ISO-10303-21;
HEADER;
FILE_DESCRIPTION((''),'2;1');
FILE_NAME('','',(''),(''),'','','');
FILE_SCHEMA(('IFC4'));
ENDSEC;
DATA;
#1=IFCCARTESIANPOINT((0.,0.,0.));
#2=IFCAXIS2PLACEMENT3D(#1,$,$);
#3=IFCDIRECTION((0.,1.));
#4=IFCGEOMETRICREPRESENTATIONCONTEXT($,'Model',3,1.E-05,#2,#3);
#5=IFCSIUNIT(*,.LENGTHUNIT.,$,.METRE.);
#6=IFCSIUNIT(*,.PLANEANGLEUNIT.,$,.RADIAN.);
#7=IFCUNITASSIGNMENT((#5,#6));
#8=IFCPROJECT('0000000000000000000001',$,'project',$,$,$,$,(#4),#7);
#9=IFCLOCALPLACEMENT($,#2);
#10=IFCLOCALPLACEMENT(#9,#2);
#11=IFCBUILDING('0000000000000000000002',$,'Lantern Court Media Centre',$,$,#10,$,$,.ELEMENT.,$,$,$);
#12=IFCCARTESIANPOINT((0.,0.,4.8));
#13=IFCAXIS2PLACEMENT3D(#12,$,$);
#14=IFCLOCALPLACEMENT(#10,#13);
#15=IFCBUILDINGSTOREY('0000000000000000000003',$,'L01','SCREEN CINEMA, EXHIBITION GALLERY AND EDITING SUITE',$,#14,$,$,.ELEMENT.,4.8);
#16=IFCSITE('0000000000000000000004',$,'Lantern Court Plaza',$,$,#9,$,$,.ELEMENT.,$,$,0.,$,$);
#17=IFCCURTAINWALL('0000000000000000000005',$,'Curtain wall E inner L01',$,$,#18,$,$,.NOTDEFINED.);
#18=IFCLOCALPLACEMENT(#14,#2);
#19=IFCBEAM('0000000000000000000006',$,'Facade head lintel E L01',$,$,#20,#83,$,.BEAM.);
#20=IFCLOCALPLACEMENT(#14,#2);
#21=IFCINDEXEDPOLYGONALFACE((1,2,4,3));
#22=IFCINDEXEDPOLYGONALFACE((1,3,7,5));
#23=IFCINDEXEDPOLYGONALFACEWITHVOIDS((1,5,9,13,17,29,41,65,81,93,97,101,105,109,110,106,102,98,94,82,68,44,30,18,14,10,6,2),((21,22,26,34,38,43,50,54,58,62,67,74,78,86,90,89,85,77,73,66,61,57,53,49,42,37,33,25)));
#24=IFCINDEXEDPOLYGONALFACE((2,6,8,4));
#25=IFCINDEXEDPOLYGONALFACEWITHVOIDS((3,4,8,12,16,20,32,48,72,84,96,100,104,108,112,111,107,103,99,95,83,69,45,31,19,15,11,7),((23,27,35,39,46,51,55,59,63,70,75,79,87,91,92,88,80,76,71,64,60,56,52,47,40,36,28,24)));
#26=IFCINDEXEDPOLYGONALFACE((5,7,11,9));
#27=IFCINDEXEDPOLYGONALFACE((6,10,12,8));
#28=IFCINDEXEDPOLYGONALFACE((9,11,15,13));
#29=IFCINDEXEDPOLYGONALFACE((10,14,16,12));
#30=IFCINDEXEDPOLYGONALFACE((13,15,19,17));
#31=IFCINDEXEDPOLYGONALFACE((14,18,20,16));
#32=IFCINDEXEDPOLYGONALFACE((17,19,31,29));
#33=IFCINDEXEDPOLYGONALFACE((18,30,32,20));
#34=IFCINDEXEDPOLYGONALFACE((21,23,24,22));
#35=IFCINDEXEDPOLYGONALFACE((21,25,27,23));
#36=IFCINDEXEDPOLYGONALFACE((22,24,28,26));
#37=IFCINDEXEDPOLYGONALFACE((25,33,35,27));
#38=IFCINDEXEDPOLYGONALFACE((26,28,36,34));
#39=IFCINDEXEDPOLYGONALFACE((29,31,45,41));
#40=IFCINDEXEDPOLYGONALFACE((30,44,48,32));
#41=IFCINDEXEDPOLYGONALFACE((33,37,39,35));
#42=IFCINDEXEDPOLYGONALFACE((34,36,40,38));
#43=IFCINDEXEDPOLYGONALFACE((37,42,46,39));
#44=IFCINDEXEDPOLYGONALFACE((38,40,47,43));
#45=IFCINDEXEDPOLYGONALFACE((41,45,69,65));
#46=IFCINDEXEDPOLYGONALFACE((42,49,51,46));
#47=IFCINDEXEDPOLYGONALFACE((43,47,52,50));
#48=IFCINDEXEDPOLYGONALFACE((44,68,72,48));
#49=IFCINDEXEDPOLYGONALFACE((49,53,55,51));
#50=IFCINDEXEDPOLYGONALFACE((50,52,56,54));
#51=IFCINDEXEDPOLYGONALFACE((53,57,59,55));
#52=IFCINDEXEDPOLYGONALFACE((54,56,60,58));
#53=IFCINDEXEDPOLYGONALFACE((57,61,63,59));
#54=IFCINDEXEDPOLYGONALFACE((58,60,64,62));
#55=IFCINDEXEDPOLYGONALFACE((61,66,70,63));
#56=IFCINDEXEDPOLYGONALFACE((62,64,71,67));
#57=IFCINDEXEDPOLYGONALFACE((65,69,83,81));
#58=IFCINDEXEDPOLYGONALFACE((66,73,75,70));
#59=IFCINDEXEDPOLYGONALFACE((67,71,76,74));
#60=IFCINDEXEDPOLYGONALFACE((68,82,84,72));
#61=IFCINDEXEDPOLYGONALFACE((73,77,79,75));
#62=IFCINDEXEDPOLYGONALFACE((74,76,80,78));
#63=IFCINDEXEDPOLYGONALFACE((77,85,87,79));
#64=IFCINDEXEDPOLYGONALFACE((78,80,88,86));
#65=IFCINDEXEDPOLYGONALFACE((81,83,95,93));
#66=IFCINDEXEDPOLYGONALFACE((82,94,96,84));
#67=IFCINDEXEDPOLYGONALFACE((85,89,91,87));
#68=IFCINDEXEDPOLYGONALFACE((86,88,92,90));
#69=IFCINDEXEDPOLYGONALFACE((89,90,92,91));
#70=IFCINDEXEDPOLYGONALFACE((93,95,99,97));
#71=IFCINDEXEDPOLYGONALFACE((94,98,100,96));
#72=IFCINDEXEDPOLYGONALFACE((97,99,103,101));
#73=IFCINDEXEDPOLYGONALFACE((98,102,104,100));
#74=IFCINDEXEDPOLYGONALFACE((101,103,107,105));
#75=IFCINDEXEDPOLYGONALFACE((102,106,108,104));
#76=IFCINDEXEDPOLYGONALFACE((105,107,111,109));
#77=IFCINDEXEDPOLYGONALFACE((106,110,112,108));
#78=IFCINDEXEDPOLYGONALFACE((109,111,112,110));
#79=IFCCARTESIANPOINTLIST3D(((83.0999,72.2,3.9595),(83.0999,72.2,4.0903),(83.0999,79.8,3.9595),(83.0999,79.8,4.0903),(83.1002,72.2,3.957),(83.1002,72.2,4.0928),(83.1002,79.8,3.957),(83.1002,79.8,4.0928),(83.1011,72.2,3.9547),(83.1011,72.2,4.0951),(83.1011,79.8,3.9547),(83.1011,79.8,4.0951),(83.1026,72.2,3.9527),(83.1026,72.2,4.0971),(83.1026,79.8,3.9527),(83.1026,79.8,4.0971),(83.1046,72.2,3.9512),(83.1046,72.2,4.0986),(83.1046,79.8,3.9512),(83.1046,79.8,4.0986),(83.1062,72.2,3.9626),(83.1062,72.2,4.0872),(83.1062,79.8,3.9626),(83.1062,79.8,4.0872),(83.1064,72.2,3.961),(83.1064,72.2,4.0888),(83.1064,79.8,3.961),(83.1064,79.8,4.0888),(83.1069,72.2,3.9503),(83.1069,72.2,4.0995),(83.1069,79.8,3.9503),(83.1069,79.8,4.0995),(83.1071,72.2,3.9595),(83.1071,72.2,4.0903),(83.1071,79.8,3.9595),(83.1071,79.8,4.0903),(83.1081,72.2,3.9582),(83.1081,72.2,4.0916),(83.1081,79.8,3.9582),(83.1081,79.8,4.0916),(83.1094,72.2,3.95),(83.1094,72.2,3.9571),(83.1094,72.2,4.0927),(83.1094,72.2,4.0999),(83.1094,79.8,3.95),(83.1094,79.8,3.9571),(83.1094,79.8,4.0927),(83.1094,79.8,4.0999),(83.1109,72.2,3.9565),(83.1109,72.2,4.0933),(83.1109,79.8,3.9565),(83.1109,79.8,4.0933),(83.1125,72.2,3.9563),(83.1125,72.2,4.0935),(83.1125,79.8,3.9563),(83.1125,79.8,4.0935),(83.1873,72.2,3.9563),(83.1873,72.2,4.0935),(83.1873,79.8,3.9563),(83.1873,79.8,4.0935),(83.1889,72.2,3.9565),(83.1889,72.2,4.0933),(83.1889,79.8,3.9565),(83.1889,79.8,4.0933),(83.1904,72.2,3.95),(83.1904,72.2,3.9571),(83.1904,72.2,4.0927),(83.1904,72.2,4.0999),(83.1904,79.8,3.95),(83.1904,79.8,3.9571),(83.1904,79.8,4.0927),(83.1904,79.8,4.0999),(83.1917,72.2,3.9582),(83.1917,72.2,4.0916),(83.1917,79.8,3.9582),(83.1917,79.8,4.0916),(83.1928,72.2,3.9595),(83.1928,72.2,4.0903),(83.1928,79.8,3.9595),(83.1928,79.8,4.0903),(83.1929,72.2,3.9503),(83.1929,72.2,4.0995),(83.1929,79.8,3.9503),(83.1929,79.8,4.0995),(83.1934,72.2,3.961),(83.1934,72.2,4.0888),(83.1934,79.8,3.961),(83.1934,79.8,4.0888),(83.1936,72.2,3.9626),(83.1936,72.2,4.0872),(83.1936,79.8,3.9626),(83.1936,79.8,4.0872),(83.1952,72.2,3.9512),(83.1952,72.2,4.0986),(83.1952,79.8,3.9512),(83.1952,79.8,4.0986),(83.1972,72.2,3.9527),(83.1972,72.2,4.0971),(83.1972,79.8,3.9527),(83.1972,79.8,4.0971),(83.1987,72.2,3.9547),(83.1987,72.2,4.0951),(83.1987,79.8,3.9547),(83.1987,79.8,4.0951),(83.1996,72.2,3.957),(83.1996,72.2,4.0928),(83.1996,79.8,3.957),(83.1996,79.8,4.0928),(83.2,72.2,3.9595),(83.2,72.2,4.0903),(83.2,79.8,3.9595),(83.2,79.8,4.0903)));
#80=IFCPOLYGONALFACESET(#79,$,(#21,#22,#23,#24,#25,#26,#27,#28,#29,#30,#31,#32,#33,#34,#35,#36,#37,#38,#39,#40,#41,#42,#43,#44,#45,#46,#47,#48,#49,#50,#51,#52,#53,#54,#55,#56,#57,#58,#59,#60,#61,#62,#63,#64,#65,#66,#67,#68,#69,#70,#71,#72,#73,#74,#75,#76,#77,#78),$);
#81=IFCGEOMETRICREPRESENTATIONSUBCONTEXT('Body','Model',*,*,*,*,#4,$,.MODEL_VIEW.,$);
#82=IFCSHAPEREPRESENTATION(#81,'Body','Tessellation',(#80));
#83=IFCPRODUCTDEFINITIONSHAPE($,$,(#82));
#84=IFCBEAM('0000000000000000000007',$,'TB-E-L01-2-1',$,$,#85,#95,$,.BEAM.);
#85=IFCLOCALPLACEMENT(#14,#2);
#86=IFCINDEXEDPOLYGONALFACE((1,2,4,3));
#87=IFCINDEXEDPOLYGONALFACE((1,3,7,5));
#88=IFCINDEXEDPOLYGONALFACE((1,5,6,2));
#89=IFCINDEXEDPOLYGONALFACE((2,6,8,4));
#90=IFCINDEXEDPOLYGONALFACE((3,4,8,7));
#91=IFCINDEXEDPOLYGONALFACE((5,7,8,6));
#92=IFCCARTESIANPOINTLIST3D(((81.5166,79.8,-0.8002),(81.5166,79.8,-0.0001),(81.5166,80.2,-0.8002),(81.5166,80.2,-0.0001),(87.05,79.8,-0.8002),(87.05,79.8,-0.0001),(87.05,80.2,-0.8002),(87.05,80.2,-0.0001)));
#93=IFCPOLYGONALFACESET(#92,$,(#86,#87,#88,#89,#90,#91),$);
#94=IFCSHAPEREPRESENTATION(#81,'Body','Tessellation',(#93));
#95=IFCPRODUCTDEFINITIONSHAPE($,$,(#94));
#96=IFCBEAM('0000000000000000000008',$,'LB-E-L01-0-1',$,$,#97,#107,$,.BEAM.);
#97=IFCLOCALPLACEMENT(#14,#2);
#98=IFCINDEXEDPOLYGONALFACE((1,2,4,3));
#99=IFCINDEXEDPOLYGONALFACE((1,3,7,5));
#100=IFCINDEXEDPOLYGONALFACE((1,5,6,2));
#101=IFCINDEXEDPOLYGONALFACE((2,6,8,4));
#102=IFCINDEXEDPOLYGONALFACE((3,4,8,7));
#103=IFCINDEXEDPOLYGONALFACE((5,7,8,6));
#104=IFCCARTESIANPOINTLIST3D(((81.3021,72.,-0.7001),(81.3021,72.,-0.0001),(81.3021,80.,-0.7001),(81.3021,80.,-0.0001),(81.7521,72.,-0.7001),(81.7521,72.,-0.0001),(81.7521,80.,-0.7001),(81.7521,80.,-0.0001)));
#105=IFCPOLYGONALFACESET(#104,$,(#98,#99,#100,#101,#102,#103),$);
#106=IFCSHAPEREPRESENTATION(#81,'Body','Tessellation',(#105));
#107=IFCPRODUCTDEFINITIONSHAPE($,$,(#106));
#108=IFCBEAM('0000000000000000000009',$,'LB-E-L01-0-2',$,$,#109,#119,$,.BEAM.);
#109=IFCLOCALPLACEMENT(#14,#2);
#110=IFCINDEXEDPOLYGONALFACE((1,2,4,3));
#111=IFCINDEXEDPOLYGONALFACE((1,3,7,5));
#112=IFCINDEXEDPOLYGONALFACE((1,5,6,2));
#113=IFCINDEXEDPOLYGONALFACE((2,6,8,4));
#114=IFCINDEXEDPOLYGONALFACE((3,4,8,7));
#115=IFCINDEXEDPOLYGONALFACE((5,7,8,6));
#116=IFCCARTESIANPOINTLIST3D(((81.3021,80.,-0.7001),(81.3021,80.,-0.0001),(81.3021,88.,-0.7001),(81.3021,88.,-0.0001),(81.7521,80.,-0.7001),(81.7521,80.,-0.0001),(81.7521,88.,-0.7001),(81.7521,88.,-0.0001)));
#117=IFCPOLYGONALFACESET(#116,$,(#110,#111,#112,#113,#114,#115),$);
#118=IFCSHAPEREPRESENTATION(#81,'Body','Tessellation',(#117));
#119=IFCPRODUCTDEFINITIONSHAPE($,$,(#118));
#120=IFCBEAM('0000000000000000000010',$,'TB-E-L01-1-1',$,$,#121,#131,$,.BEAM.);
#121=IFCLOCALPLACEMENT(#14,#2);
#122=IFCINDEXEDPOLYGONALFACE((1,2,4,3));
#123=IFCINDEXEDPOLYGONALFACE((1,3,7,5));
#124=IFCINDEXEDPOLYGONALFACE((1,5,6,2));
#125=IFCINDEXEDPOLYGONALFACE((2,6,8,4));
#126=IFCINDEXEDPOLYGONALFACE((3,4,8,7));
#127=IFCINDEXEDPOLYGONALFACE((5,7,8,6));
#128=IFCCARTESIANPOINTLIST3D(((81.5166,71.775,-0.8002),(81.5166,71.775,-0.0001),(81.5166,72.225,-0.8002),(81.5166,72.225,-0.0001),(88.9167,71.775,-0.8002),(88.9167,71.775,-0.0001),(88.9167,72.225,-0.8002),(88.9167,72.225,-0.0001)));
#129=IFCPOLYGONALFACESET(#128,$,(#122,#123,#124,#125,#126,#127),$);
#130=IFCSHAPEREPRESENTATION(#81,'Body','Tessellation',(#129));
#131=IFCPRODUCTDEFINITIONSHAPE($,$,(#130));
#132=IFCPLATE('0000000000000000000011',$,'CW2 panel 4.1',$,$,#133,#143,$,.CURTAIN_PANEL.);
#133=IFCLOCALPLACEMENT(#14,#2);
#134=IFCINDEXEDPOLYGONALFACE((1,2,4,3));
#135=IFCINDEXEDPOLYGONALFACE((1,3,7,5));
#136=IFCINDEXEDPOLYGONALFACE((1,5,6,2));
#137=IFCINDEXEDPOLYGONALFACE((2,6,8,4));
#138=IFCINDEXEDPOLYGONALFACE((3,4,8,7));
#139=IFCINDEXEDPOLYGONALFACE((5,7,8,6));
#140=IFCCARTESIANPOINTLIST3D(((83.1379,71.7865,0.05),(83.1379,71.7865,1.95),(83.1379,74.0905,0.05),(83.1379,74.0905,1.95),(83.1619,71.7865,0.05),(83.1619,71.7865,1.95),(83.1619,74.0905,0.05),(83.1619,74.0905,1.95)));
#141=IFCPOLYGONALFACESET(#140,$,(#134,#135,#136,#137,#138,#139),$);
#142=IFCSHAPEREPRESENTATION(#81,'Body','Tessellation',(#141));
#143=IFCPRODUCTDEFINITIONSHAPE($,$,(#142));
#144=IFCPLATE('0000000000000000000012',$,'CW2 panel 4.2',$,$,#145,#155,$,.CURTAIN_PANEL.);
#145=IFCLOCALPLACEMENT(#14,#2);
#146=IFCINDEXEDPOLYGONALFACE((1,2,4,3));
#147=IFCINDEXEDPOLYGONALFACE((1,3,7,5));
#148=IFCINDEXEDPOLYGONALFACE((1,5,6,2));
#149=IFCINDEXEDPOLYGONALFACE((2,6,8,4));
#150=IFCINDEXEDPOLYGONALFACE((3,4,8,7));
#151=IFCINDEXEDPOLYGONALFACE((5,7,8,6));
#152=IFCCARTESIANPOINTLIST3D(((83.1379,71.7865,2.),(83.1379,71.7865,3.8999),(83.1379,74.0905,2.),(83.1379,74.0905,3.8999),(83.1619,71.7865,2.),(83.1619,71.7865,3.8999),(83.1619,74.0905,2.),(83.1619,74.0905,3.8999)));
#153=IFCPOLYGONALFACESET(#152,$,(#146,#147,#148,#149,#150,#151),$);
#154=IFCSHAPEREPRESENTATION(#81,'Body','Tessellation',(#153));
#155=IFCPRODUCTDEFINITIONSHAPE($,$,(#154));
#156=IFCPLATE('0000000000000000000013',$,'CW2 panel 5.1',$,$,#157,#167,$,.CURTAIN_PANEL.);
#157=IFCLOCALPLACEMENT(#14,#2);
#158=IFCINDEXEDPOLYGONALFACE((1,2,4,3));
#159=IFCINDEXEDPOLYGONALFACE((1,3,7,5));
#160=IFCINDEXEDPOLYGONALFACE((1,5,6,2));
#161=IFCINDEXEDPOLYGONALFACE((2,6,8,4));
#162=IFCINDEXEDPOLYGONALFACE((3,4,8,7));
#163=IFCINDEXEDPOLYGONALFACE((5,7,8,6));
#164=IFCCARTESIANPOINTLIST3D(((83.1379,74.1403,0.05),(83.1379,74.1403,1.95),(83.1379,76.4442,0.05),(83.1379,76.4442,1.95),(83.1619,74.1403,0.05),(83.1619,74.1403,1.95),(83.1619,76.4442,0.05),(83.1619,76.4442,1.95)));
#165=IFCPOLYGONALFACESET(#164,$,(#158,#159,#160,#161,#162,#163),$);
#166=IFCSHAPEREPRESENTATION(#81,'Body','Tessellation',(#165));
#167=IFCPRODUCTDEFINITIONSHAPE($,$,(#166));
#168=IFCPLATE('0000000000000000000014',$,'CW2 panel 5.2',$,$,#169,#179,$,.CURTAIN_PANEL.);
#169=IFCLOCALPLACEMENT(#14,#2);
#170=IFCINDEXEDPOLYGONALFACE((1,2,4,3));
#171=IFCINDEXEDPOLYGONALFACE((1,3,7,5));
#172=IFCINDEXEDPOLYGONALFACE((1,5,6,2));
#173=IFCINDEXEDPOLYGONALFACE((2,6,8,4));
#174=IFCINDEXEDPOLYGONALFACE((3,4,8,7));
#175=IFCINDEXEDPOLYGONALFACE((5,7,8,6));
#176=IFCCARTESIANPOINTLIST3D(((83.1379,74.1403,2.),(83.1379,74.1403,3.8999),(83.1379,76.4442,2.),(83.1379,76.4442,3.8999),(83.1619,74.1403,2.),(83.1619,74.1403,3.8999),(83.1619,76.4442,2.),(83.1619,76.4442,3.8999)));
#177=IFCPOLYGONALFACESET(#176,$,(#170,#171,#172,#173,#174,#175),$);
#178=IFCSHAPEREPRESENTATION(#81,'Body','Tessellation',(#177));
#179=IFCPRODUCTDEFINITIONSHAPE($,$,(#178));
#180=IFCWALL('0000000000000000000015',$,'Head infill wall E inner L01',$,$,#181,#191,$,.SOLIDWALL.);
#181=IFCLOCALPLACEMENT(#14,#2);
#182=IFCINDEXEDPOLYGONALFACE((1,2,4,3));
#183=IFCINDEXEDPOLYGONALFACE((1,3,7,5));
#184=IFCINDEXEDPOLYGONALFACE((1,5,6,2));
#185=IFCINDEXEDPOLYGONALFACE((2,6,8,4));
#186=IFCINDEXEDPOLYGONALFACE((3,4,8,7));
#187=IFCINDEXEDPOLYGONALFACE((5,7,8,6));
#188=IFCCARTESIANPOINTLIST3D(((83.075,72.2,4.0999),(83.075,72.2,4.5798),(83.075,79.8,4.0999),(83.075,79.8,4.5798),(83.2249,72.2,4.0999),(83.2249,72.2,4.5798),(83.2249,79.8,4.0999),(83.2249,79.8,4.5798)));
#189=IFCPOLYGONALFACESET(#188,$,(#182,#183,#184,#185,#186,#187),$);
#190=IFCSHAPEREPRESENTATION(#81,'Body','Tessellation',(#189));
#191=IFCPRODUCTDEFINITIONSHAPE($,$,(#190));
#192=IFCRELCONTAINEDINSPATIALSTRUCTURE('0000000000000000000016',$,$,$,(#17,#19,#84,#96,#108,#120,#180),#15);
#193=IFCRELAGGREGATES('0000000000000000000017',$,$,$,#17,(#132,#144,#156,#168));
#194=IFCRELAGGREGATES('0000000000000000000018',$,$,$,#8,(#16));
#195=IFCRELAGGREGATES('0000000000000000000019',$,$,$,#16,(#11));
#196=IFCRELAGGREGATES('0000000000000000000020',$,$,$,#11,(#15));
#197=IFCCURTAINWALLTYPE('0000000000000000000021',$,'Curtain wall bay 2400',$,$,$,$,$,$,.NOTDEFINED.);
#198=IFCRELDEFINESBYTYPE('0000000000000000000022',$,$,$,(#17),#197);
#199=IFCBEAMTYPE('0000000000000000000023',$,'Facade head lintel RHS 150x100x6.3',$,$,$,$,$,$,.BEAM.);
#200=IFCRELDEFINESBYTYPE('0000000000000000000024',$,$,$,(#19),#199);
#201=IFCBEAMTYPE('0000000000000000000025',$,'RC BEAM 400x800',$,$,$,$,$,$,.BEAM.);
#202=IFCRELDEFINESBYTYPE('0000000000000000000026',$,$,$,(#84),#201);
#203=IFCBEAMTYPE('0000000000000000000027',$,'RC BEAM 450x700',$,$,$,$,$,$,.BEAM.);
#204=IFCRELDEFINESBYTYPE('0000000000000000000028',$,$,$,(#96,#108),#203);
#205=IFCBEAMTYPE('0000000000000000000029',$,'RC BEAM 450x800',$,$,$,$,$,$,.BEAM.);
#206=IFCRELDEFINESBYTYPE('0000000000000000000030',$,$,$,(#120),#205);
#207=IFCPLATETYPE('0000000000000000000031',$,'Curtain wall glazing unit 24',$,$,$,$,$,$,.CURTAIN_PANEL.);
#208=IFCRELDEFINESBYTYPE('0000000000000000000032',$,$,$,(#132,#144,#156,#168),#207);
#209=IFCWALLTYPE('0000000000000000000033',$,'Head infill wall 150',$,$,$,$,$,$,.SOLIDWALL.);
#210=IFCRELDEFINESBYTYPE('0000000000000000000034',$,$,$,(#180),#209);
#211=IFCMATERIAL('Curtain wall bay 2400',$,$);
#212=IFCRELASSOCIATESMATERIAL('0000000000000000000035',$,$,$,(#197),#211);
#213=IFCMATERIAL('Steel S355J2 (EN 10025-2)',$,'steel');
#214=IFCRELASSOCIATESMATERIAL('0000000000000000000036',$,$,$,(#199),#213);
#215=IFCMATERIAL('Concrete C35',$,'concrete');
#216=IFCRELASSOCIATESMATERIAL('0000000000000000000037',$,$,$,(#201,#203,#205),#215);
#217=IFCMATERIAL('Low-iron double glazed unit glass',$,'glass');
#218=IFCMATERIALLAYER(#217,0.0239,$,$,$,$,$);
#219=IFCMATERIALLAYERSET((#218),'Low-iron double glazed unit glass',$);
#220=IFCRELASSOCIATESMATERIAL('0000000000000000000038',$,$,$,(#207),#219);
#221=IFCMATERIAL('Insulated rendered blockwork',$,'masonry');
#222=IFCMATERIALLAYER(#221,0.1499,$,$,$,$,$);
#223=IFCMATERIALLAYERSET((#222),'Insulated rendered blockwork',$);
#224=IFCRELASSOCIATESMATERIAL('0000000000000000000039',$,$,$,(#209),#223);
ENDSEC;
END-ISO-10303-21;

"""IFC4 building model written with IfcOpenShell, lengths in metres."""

from ifc_helpers import new_model, si_unit, direction, frame, frame_2d, origin, origin_2d, place, context, subcontext, project, spatial, rectangle, hollow_rectangle, extrude, material, layer, layer_set, material_profile, profile_set, type_object, element, aggregate, save


model = new_model("IFC4")

# Units and contexts
model_context = context("Model", 3, precision=1e-05, world=origin(), true_north=direction((0.0, 1.0)))
body_context = subcontext(model_context, "Body", "Model", "MODEL_VIEW")
ifc_project = project(units=[si_unit("LENGTHUNIT", "METRE"), si_unit("PLANEANGLEUNIT", "RADIAN")], contexts=[model_context])

# Site, building, storey
site_placement = place(None, origin())
site = spatial("IfcSite", under=ifc_project, at=site_placement, Name="Lantern Court Plaza", CompositionType="ELEMENT", RefElevation=0.0)
building_placement = place(site_placement, origin())
building = spatial("IfcBuilding", under=site, at=building_placement, Name="Lantern Court Media Centre", CompositionType="ELEMENT")
storey_placement = place(building_placement, frame((0.0, 0.0, 4.8)))
storey = spatial("IfcBuildingStorey", under=building, at=storey_placement, Name="L01", Description="SCREEN CINEMA, EXHIBITION GALLERY AND EDITING SUITE", CompositionType="ELEMENT", Elevation=4.8)

# Shared definitions
ifc_material_1 = material(Name="Concrete C35", Category="concrete")

# Curtain wall
ifc_material_2 = material(Name="Curtain wall bay 2400")
curtain_wall_type = type_object("IfcCurtainWallType", Name="Curtain wall bay 2400", PredefinedType="NOTDEFINED", material=ifc_material_2)
curtain_wall_placement = place(storey_placement, origin())
curtain_wall = element("IfcCurtainWall", 1, at=curtain_wall_placement, inside=storey, type_object=curtain_wall_type, Name="Curtain wall E inner L01", PredefinedType="NOTDEFINED")

# Beams
ifc_material_3 = material(Name="Steel S355J2 (EN 10025-2)", Category="steel")
ifc_material_profile_1 = material_profile(ifc_material_3, hollow_rectangle(XDim=0.1001, YDim=0.1499, WallThickness=0.0063, InnerFilletRadius=0.0063, OuterFilletRadius=0.0095, at=origin_2d()), Name="Facade head lintel RHS 150x100x6.3")
ifc_profile_set_1 = profile_set([ifc_material_profile_1], Name="Steel S355J2 (EN 10025-2)")
beam_type_1 = type_object("IfcBeamType", Name="Facade head lintel RHS 150x100x6.3", PredefinedType="BEAM", material=ifc_profile_set_1)
beam_1_placement = place(storey_placement, frame((83.1499, 72.2, 4.0249), z_axis=(0.0, 1.0, 0.0), x_axis=(-1.0, 0.0, 0.0)))
element("IfcBeam", 2, at=beam_1_placement, inside=storey, type_object=beam_type_1, Name="Facade head lintel E L01", PredefinedType="BEAM", context=body_context, shape_type="SweptSolid", body=[
    extrude(hollow_rectangle(XDim=0.1001, YDim=0.1499, WallThickness=0.0063, InnerFilletRadius=0.0063, OuterFilletRadius=0.0095, at=origin_2d()), origin(), (0.0, 0.0, 1.0), 7.6001),
])
ifc_material_profile_2 = material_profile(ifc_material_1, rectangle(XDim=0.3999, YDim=0.8, at=origin_2d()), Name="RC 400x800")
ifc_profile_set_2 = profile_set([ifc_material_profile_2], Name="Concrete C35")
beam_type_2 = type_object("IfcBeamType", Name="RC BEAM 400x800", PredefinedType="BEAM", material=ifc_profile_set_2)
beam_2_placement = place(storey_placement, frame((81.5166, 80.0, -0.4001), z_axis=(1.0, 0.0, 0.0), x_axis=(0.0, 1.0, 0.0)))
element("IfcBeam", 3, at=beam_2_placement, inside=storey, type_object=beam_type_2, Name="TB-E-L01-2-1", PredefinedType="BEAM", context=body_context, shape_type="SweptSolid", body=[
    extrude(rectangle(XDim=0.3999, YDim=0.8, at=origin_2d()), origin(), (0.0, 0.0, 1.0), 5.5334),
])
ifc_material_profile_3 = material_profile(ifc_material_1, rectangle(XDim=0.45, YDim=0.7, at=origin_2d()), Name="RC 450x700")
ifc_profile_set_3 = profile_set([ifc_material_profile_3], Name="Concrete C35")
beam_type_3 = type_object("IfcBeamType", Name="RC BEAM 450x700", PredefinedType="BEAM", material=ifc_profile_set_3)
for number, where, z_axis, x_axis, name in (
    (4, (81.5271, 72.0, -0.3501), (0.0, 1.0, 0.0), (-1.0, 0.0, 0.0), "LB-E-L01-0-1"),
    (5, (81.5271, 80.0, -0.3501), (0.0, 1.0, 0.0), (-1.0, 0.0, 0.0), "LB-E-L01-0-2"),
):
    element("IfcBeam", number, at=place(storey_placement, frame(where, z_axis=z_axis, x_axis=x_axis)), inside=storey, type_object=beam_type_3, Name=name, PredefinedType="BEAM", context=body_context, shape_type="SweptSolid", body=[
        extrude(rectangle(XDim=0.45, YDim=0.7, at=origin_2d()), origin(), (0.0, 0.0, 1.0), 8.0),
    ])
ifc_material_profile_4 = material_profile(ifc_material_1, rectangle(XDim=0.45, YDim=0.8, at=origin_2d()), Name="RC 450x800")
ifc_profile_set_4 = profile_set([ifc_material_profile_4], Name="Concrete C35")
beam_type_4 = type_object("IfcBeamType", Name="RC BEAM 450x800", PredefinedType="BEAM", material=ifc_profile_set_4)
beam_3_placement = place(storey_placement, frame((81.5166, 72.0, -0.4001), z_axis=(1.0, 0.0, 0.0), x_axis=(0.0, 1.0, 0.0)))
element("IfcBeam", 6, at=beam_3_placement, inside=storey, type_object=beam_type_4, Name="TB-E-L01-1-1", PredefinedType="BEAM", context=body_context, shape_type="SweptSolid", body=[
    extrude(rectangle(XDim=0.45, YDim=0.8, at=origin_2d()), origin(), (0.0, 0.0, 1.0), 7.4001),
])

# Plates
ifc_material_4 = material(Name="Low-iron double glazed unit glass", Category="glass")
ifc_layer_1 = layer(ifc_material_4, 0.0239)
ifc_layer_set_1 = layer_set([ifc_layer_1], Name="Low-iron double glazed unit glass")
plate_type = type_object("IfcPlateType", Name="Curtain wall glazing unit 24", PredefinedType="CURTAIN_PANEL", material=ifc_layer_set_1)
plate_1_placement = place(storey_placement, frame((83.1499, 72.9385, 0.05), z_axis=(0.0, 0.0, 1.0), x_axis=(0.0, 1.0, 0.0)))
plate_1 = element("IfcPlate", 7, at=plate_1_placement, type_object=plate_type, Name="CW2 panel 4.1", PredefinedType="CURTAIN_PANEL", context=body_context, shape_type="SweptSolid", body=[
    extrude(rectangle(XDim=2.304, YDim=0.0239, at=origin_2d()), origin(), (0.0, 0.0, 1.0), 1.8999),
])
plate_2_placement = place(storey_placement, frame((83.1499, 72.9385, 2.0), z_axis=(0.0, 0.0, 1.0), x_axis=(0.0, 1.0, 0.0)))
plate_2 = element("IfcPlate", 8, at=plate_2_placement, type_object=plate_type, Name="CW2 panel 4.2", PredefinedType="CURTAIN_PANEL", context=body_context, shape_type="SweptSolid", body=[
    extrude(rectangle(XDim=2.304, YDim=0.0239, at=origin_2d()), origin(), (0.0, 0.0, 1.0), 1.8999),
])
plate_3_placement = place(storey_placement, frame((83.1499, 75.2922, 0.05), z_axis=(0.0, 0.0, 1.0), x_axis=(0.0, 1.0, 0.0)))
plate_3 = element("IfcPlate", 9, at=plate_3_placement, type_object=plate_type, Name="CW2 panel 5.1", PredefinedType="CURTAIN_PANEL", context=body_context, shape_type="SweptSolid", body=[
    extrude(rectangle(XDim=2.304, YDim=0.0239, at=origin_2d()), origin(), (0.0, 0.0, 1.0), 1.8999),
])
plate_4_placement = place(storey_placement, frame((83.1499, 75.2922, 2.0), z_axis=(0.0, 0.0, 1.0), x_axis=(0.0, 1.0, 0.0)))
plate_4 = element("IfcPlate", 10, at=plate_4_placement, type_object=plate_type, Name="CW2 panel 5.2", PredefinedType="CURTAIN_PANEL", context=body_context, shape_type="SweptSolid", body=[
    extrude(rectangle(XDim=2.304, YDim=0.0239, at=origin_2d()), origin(), (0.0, 0.0, 1.0), 1.8999),
])
aggregate(curtain_wall, [plate_1, plate_2, plate_3, plate_4])

# Wall
ifc_material_5 = material(Name="Insulated rendered blockwork", Category="masonry")
ifc_layer_2 = layer(ifc_material_5, 0.1499)
ifc_layer_set_2 = layer_set([ifc_layer_2], Name="Insulated rendered blockwork")
wall_type = type_object("IfcWallType", Name="Head infill wall 150", PredefinedType="SOLIDWALL", material=ifc_layer_set_2)
wall_placement = place(storey_placement, frame((83.1499, 72.2, 4.0999), z_axis=(0.0, 0.0, 1.0), x_axis=(0.0, 1.0, 0.0)))
element("IfcWall", 11, at=wall_placement, inside=storey, type_object=wall_type, Name="Head infill wall E inner L01", PredefinedType="SOLIDWALL", context=body_context, shape_type="SweptSolid", body=[
    extrude(rectangle(XDim=7.6001, YDim=0.1499, at=frame_2d((3.8, 0.0))), origin(), (0.0, 0.0, 1.0), 0.48),
])

save(model, "model.ifc")
